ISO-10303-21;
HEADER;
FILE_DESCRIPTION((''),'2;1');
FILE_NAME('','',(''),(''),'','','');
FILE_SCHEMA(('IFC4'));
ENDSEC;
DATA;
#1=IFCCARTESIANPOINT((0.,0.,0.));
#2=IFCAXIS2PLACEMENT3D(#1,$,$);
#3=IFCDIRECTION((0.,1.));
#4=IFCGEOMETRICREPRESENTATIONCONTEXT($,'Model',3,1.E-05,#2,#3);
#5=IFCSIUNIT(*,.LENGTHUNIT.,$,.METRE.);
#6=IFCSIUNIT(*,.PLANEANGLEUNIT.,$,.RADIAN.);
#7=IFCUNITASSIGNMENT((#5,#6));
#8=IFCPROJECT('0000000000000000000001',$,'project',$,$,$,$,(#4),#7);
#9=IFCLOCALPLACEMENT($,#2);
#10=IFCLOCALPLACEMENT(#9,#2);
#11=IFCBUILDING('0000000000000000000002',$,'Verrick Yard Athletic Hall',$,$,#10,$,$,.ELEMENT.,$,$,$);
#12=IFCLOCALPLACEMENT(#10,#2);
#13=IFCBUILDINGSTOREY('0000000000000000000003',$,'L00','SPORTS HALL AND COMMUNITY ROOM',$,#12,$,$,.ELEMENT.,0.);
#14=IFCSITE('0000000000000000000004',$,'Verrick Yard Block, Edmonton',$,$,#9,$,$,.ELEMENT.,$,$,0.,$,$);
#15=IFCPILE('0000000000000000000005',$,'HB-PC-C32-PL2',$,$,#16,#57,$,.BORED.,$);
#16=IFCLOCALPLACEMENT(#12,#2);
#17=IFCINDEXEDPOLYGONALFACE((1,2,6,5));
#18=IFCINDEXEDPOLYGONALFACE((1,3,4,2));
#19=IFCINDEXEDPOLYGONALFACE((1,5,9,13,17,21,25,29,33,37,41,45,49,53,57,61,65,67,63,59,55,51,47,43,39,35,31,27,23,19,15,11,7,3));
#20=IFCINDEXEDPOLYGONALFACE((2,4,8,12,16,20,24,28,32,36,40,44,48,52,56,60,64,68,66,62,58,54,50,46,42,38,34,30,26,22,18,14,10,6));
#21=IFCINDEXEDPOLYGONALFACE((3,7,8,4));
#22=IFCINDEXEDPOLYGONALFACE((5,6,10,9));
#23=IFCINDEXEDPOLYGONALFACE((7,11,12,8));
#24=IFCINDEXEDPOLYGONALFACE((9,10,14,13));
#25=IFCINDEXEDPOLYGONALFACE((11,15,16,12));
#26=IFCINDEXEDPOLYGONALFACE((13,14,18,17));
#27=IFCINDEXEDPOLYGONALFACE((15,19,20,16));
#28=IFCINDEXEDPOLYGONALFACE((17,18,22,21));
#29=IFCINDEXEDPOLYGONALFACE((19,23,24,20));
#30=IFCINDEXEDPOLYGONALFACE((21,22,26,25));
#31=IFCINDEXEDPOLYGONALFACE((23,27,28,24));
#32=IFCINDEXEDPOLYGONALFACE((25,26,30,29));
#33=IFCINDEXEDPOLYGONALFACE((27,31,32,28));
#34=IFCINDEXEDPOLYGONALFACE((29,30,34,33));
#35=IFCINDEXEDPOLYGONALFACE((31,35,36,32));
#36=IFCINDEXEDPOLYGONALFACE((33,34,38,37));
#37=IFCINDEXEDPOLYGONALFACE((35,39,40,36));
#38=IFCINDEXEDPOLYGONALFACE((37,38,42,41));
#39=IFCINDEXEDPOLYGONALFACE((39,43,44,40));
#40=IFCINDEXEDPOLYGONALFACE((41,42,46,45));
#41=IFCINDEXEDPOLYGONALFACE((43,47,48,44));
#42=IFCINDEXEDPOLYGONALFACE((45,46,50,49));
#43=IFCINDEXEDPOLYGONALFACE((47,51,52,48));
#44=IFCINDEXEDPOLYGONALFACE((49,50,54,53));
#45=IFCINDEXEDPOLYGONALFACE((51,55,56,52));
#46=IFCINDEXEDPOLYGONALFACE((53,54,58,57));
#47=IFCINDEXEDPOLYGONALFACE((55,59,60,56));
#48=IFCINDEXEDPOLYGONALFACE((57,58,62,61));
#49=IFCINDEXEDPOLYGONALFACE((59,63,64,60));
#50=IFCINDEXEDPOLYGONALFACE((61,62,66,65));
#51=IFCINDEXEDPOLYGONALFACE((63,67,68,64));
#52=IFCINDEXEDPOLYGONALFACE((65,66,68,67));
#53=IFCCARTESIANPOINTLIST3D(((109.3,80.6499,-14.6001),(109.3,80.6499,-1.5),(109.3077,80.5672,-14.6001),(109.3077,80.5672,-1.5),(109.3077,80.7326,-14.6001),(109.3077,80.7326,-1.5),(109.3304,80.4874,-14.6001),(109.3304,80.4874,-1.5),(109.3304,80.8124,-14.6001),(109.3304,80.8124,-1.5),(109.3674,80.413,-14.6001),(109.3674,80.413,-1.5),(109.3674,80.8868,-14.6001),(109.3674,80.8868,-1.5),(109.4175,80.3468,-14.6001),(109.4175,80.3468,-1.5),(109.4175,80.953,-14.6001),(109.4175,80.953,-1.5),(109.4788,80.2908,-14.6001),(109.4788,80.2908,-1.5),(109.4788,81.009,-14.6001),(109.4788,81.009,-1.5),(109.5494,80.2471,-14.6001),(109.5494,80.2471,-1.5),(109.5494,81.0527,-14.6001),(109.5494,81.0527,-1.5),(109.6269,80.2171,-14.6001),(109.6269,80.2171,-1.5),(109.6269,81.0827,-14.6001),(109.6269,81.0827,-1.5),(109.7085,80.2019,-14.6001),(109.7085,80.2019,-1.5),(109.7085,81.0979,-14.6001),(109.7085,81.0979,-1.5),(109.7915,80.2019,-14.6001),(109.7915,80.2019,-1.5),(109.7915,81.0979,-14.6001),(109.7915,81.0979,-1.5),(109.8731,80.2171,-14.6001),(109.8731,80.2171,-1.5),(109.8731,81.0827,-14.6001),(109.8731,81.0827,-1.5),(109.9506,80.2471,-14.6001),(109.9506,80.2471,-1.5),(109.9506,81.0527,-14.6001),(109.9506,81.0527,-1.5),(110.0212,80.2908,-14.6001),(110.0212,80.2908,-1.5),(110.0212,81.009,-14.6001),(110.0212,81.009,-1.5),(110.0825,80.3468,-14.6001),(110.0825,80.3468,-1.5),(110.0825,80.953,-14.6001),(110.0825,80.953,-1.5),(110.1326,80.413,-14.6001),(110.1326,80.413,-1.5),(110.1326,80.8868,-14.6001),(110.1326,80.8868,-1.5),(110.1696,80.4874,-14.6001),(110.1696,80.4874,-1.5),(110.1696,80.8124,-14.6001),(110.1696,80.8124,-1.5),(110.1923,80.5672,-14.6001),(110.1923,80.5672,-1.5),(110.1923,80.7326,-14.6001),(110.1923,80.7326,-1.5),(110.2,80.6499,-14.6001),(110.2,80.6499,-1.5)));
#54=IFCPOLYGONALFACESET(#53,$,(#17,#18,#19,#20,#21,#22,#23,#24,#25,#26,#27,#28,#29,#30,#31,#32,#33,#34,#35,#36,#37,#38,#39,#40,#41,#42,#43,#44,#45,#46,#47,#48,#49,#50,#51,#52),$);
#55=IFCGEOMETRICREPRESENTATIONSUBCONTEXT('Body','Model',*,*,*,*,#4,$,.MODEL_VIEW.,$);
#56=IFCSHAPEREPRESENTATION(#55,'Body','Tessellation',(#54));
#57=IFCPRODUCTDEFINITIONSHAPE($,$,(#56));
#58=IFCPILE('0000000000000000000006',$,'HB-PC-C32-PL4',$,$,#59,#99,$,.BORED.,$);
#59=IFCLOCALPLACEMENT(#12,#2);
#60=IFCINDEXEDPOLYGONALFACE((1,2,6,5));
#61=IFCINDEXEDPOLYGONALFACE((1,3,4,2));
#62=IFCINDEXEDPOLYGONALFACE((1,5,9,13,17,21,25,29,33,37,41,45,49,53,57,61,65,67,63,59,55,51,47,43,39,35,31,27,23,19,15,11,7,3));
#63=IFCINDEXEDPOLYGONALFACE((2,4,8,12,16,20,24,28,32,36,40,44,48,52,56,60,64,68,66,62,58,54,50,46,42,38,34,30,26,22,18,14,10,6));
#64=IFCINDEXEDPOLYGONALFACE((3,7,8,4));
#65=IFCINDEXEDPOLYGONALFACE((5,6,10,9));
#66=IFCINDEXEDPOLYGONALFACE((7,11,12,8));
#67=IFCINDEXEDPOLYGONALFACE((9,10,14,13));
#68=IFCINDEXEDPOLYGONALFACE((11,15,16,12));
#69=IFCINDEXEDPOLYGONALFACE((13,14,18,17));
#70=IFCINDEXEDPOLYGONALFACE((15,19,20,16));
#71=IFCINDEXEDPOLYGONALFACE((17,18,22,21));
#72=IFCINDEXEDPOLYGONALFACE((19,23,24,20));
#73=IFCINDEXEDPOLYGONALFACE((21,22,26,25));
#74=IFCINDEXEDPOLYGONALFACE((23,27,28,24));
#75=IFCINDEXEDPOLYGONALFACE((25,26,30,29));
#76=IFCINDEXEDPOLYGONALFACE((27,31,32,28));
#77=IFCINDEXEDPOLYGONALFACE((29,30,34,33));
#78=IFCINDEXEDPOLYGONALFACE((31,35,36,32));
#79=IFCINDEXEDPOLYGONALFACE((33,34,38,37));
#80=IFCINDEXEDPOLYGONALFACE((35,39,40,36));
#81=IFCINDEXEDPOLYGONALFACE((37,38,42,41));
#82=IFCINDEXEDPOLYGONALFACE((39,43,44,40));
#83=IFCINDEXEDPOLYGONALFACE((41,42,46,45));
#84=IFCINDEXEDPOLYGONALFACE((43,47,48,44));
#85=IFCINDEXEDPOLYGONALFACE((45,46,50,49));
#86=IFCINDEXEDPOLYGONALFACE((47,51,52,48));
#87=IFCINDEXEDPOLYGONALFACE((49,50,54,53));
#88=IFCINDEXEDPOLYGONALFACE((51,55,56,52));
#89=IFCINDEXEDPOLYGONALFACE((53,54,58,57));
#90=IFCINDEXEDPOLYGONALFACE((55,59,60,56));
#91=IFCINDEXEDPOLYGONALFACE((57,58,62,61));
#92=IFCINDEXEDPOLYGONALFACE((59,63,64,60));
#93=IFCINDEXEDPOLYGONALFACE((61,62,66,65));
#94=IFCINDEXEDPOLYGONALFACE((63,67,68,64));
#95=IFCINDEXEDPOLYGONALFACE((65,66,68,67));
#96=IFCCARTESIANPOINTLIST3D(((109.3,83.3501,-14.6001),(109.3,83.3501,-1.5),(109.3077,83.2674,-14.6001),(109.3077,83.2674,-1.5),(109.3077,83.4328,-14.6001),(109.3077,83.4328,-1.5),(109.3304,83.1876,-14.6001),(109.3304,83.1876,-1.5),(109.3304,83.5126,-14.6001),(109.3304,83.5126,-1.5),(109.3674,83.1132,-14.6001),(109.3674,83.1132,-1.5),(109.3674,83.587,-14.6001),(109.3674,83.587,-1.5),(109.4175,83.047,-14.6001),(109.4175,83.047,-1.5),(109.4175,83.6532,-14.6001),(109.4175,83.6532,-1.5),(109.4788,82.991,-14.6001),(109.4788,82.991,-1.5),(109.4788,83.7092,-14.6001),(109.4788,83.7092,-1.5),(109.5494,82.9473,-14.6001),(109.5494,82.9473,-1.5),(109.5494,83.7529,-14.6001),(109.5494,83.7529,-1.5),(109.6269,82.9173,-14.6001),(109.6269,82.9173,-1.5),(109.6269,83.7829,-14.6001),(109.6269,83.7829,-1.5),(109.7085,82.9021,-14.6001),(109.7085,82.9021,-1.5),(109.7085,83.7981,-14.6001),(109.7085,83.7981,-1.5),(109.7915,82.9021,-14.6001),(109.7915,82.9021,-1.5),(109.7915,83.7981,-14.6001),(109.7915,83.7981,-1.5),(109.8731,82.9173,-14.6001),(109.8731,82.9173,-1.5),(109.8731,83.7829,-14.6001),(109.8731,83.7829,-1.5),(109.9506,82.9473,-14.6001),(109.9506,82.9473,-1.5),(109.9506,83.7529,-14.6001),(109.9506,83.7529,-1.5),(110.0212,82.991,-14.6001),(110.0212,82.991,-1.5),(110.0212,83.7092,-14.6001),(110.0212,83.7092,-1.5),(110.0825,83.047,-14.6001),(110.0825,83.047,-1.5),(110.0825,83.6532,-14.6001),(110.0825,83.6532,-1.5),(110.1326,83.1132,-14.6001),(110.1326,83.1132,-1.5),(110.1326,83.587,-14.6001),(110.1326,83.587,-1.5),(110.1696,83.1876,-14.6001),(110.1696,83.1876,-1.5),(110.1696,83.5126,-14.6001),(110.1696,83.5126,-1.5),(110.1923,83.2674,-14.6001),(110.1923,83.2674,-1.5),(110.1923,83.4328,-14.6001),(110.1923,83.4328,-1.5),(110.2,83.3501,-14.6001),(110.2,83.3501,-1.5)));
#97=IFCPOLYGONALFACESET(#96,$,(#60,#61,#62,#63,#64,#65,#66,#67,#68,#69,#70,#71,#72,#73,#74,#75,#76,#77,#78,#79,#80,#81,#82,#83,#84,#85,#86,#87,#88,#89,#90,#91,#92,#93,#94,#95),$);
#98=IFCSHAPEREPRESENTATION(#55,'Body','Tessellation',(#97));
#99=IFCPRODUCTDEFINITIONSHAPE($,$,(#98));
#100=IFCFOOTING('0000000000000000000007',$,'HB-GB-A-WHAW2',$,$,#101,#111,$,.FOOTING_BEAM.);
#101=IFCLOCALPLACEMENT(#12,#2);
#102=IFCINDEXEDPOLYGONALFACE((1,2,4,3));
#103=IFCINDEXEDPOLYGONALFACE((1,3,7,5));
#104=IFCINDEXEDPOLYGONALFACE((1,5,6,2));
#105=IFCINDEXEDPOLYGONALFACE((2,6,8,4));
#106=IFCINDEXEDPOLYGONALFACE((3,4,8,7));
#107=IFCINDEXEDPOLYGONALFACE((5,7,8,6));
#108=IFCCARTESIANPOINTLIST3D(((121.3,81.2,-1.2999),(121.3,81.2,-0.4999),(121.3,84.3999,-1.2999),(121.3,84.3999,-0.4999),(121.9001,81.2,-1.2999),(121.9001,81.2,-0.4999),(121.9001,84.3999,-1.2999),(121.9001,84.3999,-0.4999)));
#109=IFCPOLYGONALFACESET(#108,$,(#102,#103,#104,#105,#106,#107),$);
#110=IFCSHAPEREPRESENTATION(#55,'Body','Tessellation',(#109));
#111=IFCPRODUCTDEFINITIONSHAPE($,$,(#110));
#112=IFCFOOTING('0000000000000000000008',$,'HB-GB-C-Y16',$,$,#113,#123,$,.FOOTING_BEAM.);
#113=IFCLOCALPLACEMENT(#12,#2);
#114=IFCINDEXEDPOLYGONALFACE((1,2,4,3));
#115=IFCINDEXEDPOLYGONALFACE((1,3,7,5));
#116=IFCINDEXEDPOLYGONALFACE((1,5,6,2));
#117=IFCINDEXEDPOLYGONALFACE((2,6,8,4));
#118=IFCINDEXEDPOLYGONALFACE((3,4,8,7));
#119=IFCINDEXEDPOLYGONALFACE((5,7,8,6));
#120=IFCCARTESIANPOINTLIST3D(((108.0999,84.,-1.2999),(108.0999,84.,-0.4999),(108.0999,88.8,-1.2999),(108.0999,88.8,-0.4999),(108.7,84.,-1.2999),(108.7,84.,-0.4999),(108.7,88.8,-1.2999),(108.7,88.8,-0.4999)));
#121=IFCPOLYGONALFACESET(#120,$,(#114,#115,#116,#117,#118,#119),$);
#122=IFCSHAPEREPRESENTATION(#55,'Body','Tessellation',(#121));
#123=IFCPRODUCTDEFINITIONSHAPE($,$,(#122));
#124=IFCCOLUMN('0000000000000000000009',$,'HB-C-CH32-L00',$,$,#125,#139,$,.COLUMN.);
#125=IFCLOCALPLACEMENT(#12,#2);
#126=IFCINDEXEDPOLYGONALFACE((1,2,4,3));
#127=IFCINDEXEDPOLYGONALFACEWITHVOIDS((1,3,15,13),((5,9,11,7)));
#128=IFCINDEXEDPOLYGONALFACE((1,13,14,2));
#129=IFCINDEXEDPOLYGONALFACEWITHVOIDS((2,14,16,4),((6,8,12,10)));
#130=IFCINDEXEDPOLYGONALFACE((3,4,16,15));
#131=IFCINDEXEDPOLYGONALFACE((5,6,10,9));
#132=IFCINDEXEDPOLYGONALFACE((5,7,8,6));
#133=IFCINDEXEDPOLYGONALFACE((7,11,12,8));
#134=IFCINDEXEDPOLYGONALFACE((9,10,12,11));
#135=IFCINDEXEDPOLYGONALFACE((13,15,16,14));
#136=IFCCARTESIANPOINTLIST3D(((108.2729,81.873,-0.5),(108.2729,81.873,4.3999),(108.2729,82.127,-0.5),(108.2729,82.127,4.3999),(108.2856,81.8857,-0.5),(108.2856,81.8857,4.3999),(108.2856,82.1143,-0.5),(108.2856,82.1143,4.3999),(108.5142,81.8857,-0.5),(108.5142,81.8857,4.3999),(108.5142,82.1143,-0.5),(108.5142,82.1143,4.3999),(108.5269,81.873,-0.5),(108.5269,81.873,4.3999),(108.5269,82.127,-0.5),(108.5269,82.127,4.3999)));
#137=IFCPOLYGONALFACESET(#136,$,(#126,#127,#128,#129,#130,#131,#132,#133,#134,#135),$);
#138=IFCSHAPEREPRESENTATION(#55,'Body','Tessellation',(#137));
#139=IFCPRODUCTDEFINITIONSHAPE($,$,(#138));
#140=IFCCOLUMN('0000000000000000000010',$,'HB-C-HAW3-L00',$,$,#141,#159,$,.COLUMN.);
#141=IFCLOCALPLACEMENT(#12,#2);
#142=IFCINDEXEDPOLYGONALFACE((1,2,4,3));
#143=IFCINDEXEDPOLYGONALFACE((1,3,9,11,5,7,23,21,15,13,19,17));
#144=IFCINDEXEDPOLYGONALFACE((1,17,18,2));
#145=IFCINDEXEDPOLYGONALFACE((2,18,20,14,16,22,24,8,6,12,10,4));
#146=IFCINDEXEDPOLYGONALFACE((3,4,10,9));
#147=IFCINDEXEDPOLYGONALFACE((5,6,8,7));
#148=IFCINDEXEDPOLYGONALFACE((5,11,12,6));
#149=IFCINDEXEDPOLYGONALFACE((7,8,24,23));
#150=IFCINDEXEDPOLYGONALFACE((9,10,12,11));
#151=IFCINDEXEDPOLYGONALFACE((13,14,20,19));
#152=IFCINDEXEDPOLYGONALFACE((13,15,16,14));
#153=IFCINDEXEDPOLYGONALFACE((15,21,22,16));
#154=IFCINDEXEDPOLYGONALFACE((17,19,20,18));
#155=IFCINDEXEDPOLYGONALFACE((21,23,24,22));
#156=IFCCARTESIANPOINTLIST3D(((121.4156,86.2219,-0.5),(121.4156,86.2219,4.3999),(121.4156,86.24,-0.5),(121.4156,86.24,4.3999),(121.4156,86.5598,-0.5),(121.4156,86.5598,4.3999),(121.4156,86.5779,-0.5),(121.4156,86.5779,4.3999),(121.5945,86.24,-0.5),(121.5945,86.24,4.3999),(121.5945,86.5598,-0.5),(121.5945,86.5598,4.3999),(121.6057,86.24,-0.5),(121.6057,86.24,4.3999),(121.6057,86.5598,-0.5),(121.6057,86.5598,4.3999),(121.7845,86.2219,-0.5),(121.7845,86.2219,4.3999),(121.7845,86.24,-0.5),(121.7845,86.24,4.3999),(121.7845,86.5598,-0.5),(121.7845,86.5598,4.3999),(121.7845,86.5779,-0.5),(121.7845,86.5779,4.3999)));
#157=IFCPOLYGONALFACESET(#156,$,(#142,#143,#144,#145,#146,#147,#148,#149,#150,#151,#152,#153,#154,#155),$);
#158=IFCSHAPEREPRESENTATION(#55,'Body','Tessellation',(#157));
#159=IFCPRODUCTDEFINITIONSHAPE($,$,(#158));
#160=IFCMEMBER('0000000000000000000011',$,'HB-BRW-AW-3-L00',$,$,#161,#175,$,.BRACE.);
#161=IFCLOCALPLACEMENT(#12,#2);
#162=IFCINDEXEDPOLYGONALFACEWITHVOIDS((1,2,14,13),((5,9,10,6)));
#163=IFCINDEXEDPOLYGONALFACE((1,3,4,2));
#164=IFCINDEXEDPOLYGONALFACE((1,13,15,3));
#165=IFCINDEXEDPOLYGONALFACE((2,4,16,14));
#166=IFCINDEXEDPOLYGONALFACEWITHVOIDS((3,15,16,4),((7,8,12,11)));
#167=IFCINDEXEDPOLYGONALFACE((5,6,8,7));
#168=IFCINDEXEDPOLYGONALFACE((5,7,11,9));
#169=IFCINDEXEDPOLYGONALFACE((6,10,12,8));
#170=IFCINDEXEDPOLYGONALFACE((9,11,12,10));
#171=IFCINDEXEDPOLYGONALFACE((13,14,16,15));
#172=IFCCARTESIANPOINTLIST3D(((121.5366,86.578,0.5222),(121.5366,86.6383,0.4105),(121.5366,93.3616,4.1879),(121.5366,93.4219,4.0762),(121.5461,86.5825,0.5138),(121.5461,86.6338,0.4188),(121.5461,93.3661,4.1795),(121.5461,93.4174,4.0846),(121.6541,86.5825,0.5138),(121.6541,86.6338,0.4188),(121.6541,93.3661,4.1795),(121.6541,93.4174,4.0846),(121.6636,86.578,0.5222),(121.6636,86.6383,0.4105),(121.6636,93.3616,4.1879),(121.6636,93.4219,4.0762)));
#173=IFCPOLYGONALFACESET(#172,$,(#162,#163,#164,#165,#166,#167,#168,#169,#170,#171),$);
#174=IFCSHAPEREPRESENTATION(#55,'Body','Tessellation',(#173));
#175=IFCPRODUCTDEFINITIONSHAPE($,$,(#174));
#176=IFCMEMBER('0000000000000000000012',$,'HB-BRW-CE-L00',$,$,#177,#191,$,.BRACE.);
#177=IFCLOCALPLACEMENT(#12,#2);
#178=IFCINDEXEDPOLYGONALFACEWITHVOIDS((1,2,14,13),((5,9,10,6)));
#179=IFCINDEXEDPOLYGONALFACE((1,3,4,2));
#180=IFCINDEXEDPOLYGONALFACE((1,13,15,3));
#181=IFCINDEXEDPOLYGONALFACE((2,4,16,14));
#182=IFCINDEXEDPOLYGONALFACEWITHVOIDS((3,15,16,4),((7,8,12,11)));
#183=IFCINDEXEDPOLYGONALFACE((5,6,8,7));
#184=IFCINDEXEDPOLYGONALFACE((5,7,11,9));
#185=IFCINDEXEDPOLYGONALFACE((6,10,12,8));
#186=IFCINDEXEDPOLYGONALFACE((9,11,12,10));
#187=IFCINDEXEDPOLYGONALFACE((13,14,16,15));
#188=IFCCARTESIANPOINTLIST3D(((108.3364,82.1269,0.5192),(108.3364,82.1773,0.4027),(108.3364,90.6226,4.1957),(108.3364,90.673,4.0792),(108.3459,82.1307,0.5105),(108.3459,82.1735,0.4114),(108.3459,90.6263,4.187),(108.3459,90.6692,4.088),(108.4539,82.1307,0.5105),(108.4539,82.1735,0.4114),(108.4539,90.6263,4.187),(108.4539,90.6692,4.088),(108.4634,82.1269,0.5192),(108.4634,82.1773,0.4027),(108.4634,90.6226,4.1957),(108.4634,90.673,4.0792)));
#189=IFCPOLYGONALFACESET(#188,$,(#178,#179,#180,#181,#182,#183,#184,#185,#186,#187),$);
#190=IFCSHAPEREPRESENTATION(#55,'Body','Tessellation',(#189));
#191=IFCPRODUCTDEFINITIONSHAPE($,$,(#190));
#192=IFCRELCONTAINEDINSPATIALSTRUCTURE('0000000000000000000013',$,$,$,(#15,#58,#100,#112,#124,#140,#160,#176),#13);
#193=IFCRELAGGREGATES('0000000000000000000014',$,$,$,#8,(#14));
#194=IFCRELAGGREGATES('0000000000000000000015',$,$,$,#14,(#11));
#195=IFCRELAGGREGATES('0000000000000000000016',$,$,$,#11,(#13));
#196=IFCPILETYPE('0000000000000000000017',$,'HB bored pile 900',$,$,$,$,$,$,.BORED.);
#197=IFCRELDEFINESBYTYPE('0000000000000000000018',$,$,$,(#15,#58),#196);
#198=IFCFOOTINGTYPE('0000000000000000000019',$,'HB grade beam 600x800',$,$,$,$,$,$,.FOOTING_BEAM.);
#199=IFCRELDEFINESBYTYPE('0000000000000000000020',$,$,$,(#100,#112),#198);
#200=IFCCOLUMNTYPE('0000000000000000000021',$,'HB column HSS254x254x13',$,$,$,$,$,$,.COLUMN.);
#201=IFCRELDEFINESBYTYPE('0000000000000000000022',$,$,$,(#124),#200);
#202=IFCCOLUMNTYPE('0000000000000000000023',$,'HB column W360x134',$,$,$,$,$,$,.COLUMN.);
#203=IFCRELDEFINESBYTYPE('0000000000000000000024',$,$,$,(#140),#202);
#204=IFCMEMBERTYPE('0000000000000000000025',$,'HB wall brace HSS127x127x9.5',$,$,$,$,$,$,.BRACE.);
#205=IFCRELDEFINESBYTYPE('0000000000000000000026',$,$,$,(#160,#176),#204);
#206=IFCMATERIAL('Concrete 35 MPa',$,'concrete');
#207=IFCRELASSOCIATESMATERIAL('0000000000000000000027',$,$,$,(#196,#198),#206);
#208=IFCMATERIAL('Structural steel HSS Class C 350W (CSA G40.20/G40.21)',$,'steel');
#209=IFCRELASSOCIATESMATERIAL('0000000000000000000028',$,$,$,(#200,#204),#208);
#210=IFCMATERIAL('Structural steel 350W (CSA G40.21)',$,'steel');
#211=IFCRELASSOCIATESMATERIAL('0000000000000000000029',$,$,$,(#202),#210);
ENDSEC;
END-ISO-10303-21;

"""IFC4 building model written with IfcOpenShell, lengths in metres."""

from ifc_helpers import new_model, si_unit, direction, frame, origin, origin_2d, place, context, subcontext, project, spatial, rectangle, hollow_rectangle, circle, i_section, extrude, material, material_profile, profile_set, type_object, element, save


model = new_model("IFC4")

# Units and contexts
model_context = context("Model", 3, precision=1e-05, world=origin(), true_north=direction((0.0, 1.0)))
body_context = subcontext(model_context, "Body", "Model", "MODEL_VIEW")
ifc_project = project(units=[si_unit("LENGTHUNIT", "METRE"), si_unit("PLANEANGLEUNIT", "RADIAN")], contexts=[model_context])

# Site, building, storey
site_placement = place(None, origin())
site = spatial("IfcSite", under=ifc_project, at=site_placement, Name="Verrick Yard Block, Edmonton", CompositionType="ELEMENT", RefElevation=0.0)
building_placement = place(site_placement, origin())
building = spatial("IfcBuilding", under=site, at=building_placement, Name="Verrick Yard Athletic Hall", CompositionType="ELEMENT")
storey_placement = place(building_placement, origin())
storey = spatial("IfcBuildingStorey", under=building, at=storey_placement, Name="L00", Description="SPORTS HALL AND COMMUNITY ROOM", CompositionType="ELEMENT", Elevation=0.0)

# Piles
ifc_material_1 = material(Name="Concrete 35 MPa", Category="concrete")
ifc_material_profile_1 = material_profile(ifc_material_1, circle(Radius=0.45, at=origin_2d()), Name="Bored pile 900")
ifc_profile_set_1 = profile_set([ifc_material_profile_1], Name="Concrete 35 MPa")
pile_type = type_object("IfcPileType", Name="HB bored pile 900", PredefinedType="BORED", material=ifc_profile_set_1)
for number, where, z_axis, x_axis, name in (
    (1, (109.75, 80.6499, -1.5), (0.0, 0.0, -1.0), (1.0, 0.0, 0.0), "HB-PC-C32-PL2"),
    (2, (109.75, 83.3501, -1.5), (0.0, 0.0, -1.0), (1.0, 0.0, 0.0), "HB-PC-C32-PL4"),
):
    element("IfcPile", number, at=place(storey_placement, frame(where, z_axis=z_axis, x_axis=x_axis)), inside=storey, type_object=pile_type, Name=name, PredefinedType="BORED", context=body_context, shape_type="SweptSolid", body=[
        extrude(circle(Radius=0.45, at=origin_2d()), origin(), (0.0, 0.0, 1.0), 13.1001),
    ])

# Footings
ifc_material_profile_2 = material_profile(ifc_material_1, rectangle(XDim=0.6001, YDim=0.8, at=origin_2d()), Name="Grade beam 600x800")
ifc_profile_set_2 = profile_set([ifc_material_profile_2], Name="Concrete 35 MPa")
footing_type = type_object("IfcFootingType", Name="HB grade beam 600x800", PredefinedType="FOOTING_BEAM", material=ifc_profile_set_2)
footing_1_placement = place(storey_placement, frame((121.6001, 81.2, -0.8999), z_axis=(0.0, 1.0, 0.0), x_axis=(-1.0, 0.0, 0.0)))
element("IfcFooting", 3, at=footing_1_placement, inside=storey, type_object=footing_type, Name="HB-GB-A-WHAW2", PredefinedType="FOOTING_BEAM", context=body_context, shape_type="SweptSolid", body=[
    extrude(rectangle(XDim=0.6001, YDim=0.8, at=origin_2d()), origin(), (0.0, 0.0, 1.0), 3.2),
])
footing_2_placement = place(storey_placement, frame((108.3999, 84.0, -0.8999), z_axis=(0.0, 1.0, 0.0), x_axis=(-1.0, 0.0, 0.0)))
element("IfcFooting", 4, at=footing_2_placement, inside=storey, type_object=footing_type, Name="HB-GB-C-Y16", PredefinedType="FOOTING_BEAM", context=body_context, shape_type="SweptSolid", body=[
    extrude(rectangle(XDim=0.6001, YDim=0.8, at=origin_2d()), origin(), (0.0, 0.0, 1.0), 4.8),
])

# Columns
ifc_material_2 = material(Name="Structural steel HSS Class C 350W (CSA G40.20/G40.21)", Category="steel")
ifc_material_profile_3 = material_profile(ifc_material_2, hollow_rectangle(XDim=0.2539, YDim=0.2539, WallThickness=0.0127, at=origin_2d()), Name="HSS254x254x13")
ifc_profile_set_3 = profile_set([ifc_material_profile_3], Name="Structural steel HSS Class C 350W (CSA G40.20/G40.21)")
column_type_1 = type_object("IfcColumnType", Name="HB column HSS254x254x13", PredefinedType="COLUMN", material=ifc_profile_set_3)
column_1_placement = place(storey_placement, frame((108.3999, 82.0, -0.5), z_axis=(0.0, 0.0, 1.0), x_axis=(1.0, 0.0, 0.0)))
element("IfcColumn", 5, at=column_1_placement, inside=storey, type_object=column_type_1, Name="HB-C-CH32-L00", PredefinedType="COLUMN", context=body_context, shape_type="SweptSolid", body=[
    extrude(hollow_rectangle(XDim=0.2539, YDim=0.2539, WallThickness=0.0127, at=origin_2d()), origin(), (0.0, 0.0, 1.0), 4.8999),
])
ifc_material_3 = material(Name="Structural steel 350W (CSA G40.21)", Category="steel")
ifc_material_profile_4 = material_profile(ifc_material_3, i_section(OverallWidth=0.3689, OverallDepth=0.356, WebThickness=0.0112, FlangeThickness=0.0181, at=origin_2d()), Name="W360x134")
ifc_profile_set_4 = profile_set([ifc_material_profile_4], Name="Structural steel 350W (CSA G40.21)")
column_type_2 = type_object("IfcColumnType", Name="HB column W360x134", PredefinedType="COLUMN", material=ifc_profile_set_4)
column_2_placement = place(storey_placement, frame((121.6001, 86.3999, -0.5), z_axis=(0.0, 0.0, 1.0), x_axis=(1.0, 0.0, 0.0)))
element("IfcColumn", 6, at=column_2_placement, inside=storey, type_object=column_type_2, Name="HB-C-HAW3-L00", PredefinedType="COLUMN", context=body_context, shape_type="SweptSolid", body=[
    extrude(i_section(OverallWidth=0.3689, OverallDepth=0.356, WebThickness=0.0112, FlangeThickness=0.0181, at=origin_2d()), origin(), (0.0, 0.0, 1.0), 4.8999),
])

# Members
ifc_material_profile_5 = material_profile(ifc_material_2, hollow_rectangle(XDim=0.127, YDim=0.127, WallThickness=0.0095, at=origin_2d()), Name="HSS127x127x9.5")
ifc_profile_set_5 = profile_set([ifc_material_profile_5], Name="Structural steel HSS Class C 350W (CSA G40.20/G40.21)")
member_type = type_object("IfcMemberType", Name="HB wall brace HSS127x127x9.5", PredefinedType="BRACE", material=ifc_profile_set_5)
member_1_placement = place(storey_placement, frame((121.6001, 86.6082, 0.4663), z_axis=(0.0, 0.879766, 0.475408), x_axis=(-1.0, 0.0, 0.0)))
element("IfcMember", 7, at=member_1_placement, inside=storey, type_object=member_type, Name="HB-BRW-AW-3-L00", PredefinedType="BRACE", context=body_context, shape_type="SweptSolid", body=[
    extrude(hollow_rectangle(XDim=0.127, YDim=0.127, WallThickness=0.0095, at=origin_2d()), origin(), (0.0, 0.0, 1.0), 7.7107),
])
member_2_placement = place(storey_placement, frame((108.3999, 82.1521, 0.4609), z_axis=(0.0, 0.917749, 0.39716), x_axis=(-1.0, 0.0, 0.0)))
element("IfcMember", 8, at=member_2_placement, inside=storey, type_object=member_type, Name="HB-BRW-CE-L00", PredefinedType="BRACE", context=body_context, shape_type="SweptSolid", body=[
    extrude(hollow_rectangle(XDim=0.127, YDim=0.127, WallThickness=0.0095, at=origin_2d()), origin(), (0.0, 0.0, 1.0), 9.2571),
])

save(model, "model.ifc")
